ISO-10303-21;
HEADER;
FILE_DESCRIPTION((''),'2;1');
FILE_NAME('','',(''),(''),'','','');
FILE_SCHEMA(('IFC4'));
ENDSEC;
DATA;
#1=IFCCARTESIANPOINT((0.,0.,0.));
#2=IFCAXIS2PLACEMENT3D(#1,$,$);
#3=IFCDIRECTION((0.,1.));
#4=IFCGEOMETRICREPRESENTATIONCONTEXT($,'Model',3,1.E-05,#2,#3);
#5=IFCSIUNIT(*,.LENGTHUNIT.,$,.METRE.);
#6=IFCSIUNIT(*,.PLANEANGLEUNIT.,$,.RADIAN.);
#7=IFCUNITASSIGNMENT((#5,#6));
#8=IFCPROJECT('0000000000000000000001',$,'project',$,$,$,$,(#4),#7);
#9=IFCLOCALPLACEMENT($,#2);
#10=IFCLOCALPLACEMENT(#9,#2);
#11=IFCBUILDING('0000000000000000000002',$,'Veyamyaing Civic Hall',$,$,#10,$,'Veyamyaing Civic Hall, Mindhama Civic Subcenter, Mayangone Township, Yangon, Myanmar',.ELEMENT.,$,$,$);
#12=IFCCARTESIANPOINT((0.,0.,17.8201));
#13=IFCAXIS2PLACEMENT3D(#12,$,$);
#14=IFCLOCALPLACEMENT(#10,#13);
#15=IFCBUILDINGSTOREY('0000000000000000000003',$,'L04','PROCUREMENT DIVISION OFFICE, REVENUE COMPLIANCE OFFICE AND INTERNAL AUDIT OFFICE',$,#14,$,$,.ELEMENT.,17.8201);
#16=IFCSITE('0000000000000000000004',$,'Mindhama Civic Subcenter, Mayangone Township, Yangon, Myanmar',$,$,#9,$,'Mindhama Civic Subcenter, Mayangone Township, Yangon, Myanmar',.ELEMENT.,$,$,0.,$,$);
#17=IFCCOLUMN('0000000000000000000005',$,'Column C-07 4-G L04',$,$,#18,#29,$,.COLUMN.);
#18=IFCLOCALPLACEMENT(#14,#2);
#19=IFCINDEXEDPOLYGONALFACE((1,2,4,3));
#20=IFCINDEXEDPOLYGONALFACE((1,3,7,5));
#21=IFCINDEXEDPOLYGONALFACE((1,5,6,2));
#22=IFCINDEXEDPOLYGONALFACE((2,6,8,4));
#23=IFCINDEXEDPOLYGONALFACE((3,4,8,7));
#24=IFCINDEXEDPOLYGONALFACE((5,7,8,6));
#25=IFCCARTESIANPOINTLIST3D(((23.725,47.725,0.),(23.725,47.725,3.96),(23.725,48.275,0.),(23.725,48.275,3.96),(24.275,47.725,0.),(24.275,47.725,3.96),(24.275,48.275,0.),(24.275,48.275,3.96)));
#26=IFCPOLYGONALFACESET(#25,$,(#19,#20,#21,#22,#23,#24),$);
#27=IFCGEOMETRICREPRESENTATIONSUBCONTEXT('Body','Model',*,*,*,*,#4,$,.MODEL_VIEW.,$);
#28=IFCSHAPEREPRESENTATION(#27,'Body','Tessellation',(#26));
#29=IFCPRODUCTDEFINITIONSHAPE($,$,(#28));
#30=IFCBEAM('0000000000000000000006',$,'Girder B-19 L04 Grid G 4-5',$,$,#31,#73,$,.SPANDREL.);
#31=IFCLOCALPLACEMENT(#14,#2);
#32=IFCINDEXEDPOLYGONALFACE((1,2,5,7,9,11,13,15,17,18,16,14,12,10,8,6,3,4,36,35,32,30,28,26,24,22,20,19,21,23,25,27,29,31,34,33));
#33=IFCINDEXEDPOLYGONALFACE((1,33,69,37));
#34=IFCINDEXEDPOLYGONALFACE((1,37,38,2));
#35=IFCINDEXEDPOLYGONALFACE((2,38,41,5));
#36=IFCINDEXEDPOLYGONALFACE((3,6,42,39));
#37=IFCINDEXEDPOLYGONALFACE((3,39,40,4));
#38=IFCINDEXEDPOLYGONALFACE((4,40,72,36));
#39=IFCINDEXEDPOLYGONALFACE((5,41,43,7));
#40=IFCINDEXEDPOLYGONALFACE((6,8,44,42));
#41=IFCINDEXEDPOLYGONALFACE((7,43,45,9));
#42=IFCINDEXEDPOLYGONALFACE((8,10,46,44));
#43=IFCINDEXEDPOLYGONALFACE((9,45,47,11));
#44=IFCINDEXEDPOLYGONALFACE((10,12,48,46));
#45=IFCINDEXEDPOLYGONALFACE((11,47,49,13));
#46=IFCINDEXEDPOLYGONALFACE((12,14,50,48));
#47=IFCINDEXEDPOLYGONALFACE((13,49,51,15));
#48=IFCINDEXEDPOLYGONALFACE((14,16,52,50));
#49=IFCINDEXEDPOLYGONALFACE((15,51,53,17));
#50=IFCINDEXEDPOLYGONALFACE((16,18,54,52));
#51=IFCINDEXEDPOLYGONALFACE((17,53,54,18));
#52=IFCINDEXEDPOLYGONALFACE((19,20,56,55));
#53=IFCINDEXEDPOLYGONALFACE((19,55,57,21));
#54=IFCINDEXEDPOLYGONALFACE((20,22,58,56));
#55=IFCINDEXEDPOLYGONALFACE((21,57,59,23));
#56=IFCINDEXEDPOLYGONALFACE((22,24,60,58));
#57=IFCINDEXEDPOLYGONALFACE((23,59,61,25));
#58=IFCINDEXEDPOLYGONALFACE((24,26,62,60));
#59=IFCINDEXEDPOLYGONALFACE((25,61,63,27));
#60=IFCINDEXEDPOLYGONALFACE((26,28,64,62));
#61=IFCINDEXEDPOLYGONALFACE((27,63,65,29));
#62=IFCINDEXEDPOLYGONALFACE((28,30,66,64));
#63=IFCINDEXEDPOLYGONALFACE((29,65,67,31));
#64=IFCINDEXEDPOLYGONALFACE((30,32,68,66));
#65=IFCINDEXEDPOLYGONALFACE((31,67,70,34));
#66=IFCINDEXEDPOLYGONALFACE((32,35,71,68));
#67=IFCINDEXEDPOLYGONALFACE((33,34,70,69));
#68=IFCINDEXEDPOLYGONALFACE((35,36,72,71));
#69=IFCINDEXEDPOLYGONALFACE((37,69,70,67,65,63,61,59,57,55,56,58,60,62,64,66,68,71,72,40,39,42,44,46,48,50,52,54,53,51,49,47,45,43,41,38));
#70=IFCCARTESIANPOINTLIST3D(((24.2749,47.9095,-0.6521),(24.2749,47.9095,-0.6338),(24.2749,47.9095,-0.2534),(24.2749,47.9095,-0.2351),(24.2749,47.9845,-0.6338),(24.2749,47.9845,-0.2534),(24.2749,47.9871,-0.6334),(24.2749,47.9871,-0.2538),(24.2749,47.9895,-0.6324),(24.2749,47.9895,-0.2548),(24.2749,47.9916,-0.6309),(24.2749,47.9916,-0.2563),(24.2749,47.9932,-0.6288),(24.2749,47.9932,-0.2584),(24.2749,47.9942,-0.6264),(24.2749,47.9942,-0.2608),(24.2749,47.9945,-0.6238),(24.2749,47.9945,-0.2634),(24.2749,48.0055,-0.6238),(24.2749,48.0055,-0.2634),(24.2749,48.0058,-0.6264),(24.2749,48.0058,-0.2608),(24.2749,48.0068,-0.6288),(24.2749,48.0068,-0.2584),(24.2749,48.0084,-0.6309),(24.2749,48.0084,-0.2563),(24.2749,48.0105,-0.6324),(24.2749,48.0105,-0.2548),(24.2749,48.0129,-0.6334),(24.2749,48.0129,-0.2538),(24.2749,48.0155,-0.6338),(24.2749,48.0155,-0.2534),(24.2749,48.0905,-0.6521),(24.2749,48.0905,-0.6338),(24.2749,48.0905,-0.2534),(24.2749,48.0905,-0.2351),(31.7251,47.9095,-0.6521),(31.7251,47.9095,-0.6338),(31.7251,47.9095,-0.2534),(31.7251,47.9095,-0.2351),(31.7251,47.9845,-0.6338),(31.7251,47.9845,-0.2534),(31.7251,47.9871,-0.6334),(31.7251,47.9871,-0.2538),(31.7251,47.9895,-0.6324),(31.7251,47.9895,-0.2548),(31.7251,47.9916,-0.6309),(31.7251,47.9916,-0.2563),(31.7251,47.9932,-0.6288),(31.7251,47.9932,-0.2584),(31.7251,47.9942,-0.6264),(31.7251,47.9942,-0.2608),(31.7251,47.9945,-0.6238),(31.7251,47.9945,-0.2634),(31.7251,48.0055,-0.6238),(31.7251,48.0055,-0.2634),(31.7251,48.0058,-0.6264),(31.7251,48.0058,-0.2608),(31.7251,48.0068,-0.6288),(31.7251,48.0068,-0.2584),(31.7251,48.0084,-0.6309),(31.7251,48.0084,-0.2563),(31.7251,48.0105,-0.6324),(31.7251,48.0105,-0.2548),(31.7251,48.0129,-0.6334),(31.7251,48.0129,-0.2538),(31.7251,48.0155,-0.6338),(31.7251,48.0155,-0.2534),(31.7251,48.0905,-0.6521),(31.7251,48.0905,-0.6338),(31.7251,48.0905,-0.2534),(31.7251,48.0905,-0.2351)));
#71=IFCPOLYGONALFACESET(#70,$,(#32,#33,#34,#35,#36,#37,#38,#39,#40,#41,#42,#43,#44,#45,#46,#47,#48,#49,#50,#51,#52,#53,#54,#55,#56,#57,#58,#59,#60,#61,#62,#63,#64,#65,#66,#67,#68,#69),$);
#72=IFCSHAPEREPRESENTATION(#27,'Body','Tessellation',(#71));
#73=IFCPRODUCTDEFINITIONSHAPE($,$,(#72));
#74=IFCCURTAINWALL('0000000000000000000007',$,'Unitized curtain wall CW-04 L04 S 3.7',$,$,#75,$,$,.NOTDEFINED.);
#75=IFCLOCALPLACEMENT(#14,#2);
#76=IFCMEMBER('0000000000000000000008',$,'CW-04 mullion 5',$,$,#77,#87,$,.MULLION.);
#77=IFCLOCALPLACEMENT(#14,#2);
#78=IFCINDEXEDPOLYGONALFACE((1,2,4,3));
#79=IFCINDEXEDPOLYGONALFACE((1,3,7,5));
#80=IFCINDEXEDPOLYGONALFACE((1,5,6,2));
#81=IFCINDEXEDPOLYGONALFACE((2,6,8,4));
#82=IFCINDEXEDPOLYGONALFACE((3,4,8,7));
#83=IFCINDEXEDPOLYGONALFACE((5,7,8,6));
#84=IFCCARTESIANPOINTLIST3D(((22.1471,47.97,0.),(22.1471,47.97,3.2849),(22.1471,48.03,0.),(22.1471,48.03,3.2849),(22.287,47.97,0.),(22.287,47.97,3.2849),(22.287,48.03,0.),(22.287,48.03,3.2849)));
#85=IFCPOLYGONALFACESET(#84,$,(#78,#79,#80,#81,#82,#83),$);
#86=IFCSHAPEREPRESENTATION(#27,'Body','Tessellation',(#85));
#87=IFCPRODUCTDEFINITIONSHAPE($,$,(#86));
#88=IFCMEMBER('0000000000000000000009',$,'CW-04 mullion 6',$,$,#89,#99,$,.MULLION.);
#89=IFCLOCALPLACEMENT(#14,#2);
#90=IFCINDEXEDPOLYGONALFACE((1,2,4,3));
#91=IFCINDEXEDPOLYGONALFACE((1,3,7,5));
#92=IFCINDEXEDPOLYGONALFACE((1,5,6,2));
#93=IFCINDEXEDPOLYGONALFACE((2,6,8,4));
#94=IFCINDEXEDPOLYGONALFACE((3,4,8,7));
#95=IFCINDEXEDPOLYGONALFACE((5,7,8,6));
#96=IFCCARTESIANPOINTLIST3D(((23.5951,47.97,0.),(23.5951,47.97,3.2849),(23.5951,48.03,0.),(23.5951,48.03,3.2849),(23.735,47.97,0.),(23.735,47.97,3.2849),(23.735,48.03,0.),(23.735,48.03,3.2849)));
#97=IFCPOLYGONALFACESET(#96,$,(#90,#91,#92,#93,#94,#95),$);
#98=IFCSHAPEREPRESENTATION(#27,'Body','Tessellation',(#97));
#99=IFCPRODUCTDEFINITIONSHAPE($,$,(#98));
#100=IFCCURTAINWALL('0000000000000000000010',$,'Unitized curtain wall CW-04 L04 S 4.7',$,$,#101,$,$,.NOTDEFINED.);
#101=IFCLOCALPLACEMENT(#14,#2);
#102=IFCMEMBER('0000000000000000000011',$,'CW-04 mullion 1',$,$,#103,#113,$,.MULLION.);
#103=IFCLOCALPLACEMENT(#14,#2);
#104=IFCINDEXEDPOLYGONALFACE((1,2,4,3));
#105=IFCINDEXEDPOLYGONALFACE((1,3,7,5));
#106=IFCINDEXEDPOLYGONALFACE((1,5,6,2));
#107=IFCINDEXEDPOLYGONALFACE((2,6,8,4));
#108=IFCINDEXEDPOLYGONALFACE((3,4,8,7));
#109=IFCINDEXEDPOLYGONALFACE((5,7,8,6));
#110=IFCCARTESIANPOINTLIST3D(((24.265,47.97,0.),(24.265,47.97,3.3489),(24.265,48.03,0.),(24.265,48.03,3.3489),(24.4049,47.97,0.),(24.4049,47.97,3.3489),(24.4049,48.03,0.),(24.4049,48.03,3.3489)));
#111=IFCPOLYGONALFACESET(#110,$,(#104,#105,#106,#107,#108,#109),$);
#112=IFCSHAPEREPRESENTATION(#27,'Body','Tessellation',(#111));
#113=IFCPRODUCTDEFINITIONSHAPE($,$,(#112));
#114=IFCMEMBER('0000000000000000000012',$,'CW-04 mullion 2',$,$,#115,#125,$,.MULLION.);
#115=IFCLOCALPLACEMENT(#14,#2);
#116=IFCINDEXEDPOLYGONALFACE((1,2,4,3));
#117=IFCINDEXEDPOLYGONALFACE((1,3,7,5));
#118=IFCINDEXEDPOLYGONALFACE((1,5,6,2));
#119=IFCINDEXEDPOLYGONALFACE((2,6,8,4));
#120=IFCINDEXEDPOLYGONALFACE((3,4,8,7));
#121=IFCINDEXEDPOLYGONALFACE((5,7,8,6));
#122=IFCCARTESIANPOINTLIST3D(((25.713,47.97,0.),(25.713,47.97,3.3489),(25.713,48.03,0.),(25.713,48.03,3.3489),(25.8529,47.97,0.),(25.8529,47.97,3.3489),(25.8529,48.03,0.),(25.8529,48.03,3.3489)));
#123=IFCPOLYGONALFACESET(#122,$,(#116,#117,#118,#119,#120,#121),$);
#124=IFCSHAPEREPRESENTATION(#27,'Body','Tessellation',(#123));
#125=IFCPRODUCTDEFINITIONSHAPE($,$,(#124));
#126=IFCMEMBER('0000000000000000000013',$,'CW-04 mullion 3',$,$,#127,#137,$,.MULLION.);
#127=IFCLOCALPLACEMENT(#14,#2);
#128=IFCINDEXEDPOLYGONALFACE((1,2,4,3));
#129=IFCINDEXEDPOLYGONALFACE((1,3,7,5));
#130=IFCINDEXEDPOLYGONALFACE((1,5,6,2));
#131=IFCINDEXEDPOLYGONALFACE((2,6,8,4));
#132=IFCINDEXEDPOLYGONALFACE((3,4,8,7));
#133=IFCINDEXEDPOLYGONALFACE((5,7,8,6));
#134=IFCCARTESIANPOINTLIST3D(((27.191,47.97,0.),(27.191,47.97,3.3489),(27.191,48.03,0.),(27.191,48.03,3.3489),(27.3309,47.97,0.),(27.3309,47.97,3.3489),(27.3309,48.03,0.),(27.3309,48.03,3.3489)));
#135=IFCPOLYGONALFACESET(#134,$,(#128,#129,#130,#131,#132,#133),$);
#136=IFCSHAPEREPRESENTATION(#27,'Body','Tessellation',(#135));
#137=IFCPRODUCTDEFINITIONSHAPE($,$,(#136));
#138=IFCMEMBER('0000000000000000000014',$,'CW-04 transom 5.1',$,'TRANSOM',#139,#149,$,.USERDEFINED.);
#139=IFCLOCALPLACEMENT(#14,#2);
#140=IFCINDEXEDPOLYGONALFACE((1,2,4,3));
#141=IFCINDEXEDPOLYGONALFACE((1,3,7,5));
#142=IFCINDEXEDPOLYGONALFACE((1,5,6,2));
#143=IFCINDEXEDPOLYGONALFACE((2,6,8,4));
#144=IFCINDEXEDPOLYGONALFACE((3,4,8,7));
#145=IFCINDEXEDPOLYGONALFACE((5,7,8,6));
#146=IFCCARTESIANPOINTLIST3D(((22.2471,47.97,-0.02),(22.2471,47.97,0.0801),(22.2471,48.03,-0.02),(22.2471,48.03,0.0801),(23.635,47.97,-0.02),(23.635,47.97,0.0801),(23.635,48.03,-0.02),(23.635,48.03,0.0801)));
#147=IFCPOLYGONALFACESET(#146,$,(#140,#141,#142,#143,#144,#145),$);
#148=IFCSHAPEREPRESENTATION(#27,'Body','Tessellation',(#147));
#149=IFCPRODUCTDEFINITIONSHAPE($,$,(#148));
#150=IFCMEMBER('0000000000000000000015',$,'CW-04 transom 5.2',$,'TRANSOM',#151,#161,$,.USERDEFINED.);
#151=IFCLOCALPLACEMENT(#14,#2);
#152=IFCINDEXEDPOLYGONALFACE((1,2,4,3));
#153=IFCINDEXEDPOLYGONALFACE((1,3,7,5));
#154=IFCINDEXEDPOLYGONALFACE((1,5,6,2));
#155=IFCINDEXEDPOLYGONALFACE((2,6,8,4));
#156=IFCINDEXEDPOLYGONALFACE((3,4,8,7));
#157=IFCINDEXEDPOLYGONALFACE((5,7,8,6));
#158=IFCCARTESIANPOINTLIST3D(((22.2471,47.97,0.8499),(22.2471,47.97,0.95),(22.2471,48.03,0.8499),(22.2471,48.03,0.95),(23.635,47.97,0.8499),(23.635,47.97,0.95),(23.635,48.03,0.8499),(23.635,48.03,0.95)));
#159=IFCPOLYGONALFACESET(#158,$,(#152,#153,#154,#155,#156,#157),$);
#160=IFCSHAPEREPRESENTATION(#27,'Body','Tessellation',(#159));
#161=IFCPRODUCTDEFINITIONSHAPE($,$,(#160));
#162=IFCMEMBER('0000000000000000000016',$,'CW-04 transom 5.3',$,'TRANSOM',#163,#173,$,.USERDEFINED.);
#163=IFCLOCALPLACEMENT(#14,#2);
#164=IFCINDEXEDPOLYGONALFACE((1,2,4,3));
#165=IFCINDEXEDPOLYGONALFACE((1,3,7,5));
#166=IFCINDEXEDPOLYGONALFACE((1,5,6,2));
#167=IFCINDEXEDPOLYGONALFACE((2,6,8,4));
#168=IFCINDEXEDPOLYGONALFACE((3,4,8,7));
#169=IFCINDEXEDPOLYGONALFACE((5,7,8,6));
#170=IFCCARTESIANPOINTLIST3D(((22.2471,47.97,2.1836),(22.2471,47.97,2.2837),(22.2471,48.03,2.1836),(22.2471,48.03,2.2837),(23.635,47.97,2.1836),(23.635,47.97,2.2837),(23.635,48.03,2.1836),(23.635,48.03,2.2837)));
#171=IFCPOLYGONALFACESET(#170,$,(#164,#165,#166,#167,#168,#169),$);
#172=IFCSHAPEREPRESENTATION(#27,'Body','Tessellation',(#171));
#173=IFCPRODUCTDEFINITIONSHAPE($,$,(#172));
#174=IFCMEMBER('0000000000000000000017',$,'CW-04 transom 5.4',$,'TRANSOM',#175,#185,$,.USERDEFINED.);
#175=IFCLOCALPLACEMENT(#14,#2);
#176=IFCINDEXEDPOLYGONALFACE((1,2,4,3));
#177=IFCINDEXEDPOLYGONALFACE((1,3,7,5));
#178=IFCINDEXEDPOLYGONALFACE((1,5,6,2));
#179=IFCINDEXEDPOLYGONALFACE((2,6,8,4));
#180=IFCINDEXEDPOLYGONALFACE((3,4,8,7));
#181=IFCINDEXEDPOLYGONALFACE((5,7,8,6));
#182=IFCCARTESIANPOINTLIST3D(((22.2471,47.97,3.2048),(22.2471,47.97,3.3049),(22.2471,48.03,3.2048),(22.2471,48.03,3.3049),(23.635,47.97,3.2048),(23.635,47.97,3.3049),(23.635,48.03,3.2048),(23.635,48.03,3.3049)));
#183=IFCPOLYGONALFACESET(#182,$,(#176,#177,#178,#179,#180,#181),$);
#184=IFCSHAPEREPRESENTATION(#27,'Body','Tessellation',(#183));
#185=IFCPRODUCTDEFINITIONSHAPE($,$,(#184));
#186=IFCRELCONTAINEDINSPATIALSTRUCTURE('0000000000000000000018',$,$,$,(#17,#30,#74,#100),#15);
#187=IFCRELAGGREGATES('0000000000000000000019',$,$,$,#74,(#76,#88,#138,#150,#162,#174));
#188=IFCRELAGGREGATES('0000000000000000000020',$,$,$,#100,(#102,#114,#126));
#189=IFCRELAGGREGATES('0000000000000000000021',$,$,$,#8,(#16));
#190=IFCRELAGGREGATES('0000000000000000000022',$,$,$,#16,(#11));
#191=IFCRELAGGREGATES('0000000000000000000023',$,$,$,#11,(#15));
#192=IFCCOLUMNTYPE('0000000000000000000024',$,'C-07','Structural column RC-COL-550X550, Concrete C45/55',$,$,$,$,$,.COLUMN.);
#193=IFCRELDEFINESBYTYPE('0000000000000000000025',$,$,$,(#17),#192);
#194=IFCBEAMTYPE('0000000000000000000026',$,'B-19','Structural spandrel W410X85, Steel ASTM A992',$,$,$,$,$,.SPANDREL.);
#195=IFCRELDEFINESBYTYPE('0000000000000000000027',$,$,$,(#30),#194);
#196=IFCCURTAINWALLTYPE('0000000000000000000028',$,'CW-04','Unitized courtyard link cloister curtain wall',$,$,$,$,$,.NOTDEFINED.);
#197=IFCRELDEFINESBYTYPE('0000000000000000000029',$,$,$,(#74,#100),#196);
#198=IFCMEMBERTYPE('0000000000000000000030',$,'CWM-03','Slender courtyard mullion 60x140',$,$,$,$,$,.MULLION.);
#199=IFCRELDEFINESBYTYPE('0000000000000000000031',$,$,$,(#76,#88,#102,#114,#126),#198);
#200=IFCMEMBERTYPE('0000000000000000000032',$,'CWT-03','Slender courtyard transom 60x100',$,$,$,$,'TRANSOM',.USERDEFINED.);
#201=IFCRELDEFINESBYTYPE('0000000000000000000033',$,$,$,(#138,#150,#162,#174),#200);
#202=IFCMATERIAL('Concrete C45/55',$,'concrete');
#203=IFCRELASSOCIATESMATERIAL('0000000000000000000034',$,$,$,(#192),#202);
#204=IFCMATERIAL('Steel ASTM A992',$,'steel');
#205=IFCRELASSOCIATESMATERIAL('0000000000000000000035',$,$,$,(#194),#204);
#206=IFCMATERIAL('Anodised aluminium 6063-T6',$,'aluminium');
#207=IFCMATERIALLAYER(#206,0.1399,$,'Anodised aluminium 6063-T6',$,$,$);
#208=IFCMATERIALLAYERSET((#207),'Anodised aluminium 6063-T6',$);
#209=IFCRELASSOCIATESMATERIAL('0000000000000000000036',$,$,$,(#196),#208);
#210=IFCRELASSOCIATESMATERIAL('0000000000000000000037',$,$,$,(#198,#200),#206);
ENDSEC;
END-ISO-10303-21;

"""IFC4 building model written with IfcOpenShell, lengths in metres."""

from ifc_helpers import new_model, si_unit, direction, frame, origin, origin_2d, place, context, subcontext, project, spatial, rectangle, i_section, extrude, material, layer, layer_set, material_profile, profile_set, type_object, element, aggregate, save


model = new_model("IFC4")

# Units and contexts
model_context = context("Model", 3, precision=1e-05, world=origin(), true_north=direction((0.0, 1.0)))
body_context = subcontext(model_context, "Body", "Model", "MODEL_VIEW")
ifc_project = project(units=[si_unit("LENGTHUNIT", "METRE"), si_unit("PLANEANGLEUNIT", "RADIAN")], contexts=[model_context])

# Site, building, storey
site_placement = place(None, origin())
site = spatial("IfcSite", under=ifc_project, at=site_placement, Name="Mindhama Civic Subcenter, Mayangone Township, Yangon, Myanmar", LongName="Mindhama Civic Subcenter, Mayangone Township, Yangon, Myanmar", CompositionType="ELEMENT", RefElevation=0.0)
building_placement = place(site_placement, origin())
building = spatial("IfcBuilding", under=site, at=building_placement, Name="Veyamyaing Civic Hall", LongName="Veyamyaing Civic Hall, Mindhama Civic Subcenter, Mayangone Township, Yangon, Myanmar", CompositionType="ELEMENT")
storey_placement = place(building_placement, frame((0.0, 0.0, 17.8201)))
storey = spatial("IfcBuildingStorey", under=building, at=storey_placement, Name="L04", Description="PROCUREMENT DIVISION OFFICE, REVENUE COMPLIANCE OFFICE AND INTERNAL AUDIT OFFICE", CompositionType="ELEMENT", Elevation=17.8201)

# Column
ifc_material_1 = material(Name="Concrete C45/55", Category="concrete")
ifc_material_profile_1 = material_profile(ifc_material_1, rectangle(XDim=0.55, YDim=0.55, at=origin_2d()), Name="RC-COL-550X550")
ifc_profile_set_1 = profile_set([ifc_material_profile_1], Name="Concrete C45/55")
column_type = type_object("IfcColumnType", Name="C-07", Description="Structural column RC-COL-550X550, Concrete C45/55", PredefinedType="COLUMN", material=ifc_profile_set_1)
column_placement = place(storey_placement, frame((24.0, 48.0, 0.0), z_axis=(0.0, 0.0, 1.0), x_axis=(1.0, 0.0, 0.0)))
element("IfcColumn", 1, at=column_placement, inside=storey, type_object=column_type, Name="Column C-07 4-G L04", PredefinedType="COLUMN", context=body_context, shape_type="SweptSolid", body=[
    extrude(rectangle(XDim=0.55, YDim=0.55, at=origin_2d()), origin(), (0.0, 0.0, 1.0), 3.96),
])

# Beam
ifc_material_2 = material(Name="Steel ASTM A992", Category="steel")
ifc_material_profile_2 = material_profile(ifc_material_2, i_section(OverallWidth=0.1809, OverallDepth=0.417, WebThickness=0.011, FlangeThickness=0.0183, FilletRadius=0.01, at=origin_2d()), Name="W410X85")
ifc_profile_set_2 = profile_set([ifc_material_profile_2], Name="Steel ASTM A992")
beam_type = type_object("IfcBeamType", Name="B-19", Description="Structural spandrel W410X85, Steel ASTM A992", PredefinedType="SPANDREL", material=ifc_profile_set_2)
beam_placement = place(storey_placement, frame((24.2749, 48.0, -0.4436), z_axis=(1.0, 0.0, 0.0), x_axis=(0.0, 1.0, 0.0)))
element("IfcBeam", 2, at=beam_placement, inside=storey, type_object=beam_type, Name="Girder B-19 L04 Grid G 4-5", PredefinedType="SPANDREL", context=body_context, shape_type="SweptSolid", body=[
    extrude(i_section(OverallWidth=0.1809, OverallDepth=0.417, WebThickness=0.011, FlangeThickness=0.0183, FilletRadius=0.01, at=origin_2d()), origin(), (0.0, 0.0, 1.0), 7.4502),
])

# Curtain walls, members
ifc_material_3 = material(Name="Anodised aluminium 6063-T6", Category="aluminium")
ifc_layer_1 = layer(ifc_material_3, 0.1399, Name="Anodised aluminium 6063-T6")
ifc_layer_set_1 = layer_set([ifc_layer_1], Name="Anodised aluminium 6063-T6")
curtain_wall_type = type_object("IfcCurtainWallType", Name="CW-04", Description="Unitized courtyard link cloister curtain wall", PredefinedType="NOTDEFINED", material=ifc_layer_set_1)
curtain_wall_1_placement = place(storey_placement, origin())
curtain_wall_1 = element("IfcCurtainWall", 3, at=curtain_wall_1_placement, inside=storey, type_object=curtain_wall_type, Name="Unitized curtain wall CW-04 L04 S 3.7", PredefinedType="NOTDEFINED")
ifc_material_profile_3 = material_profile(ifc_material_3, rectangle(XDim=0.0601, YDim=0.1399, at=origin_2d()), Name="ALU-MUL-60X140")
ifc_profile_set_3 = profile_set([ifc_material_profile_3], Name="Anodised aluminium 6063-T6")
member_type_1 = type_object("IfcMemberType", Name="CWM-03", Description="Slender courtyard mullion 60x140", PredefinedType="MULLION", material=ifc_profile_set_3)
member_1_placement = place(storey_placement, frame((22.217, 48.0, 0.0), z_axis=(0.0, 0.0, 1.0), x_axis=(0.0, 1.0, 0.0)))
member_1 = element("IfcMember", 4, at=member_1_placement, type_object=member_type_1, Name="CW-04 mullion 5", PredefinedType="MULLION", context=body_context, shape_type="SweptSolid", body=[
    extrude(rectangle(XDim=0.0601, YDim=0.1399, at=origin_2d()), origin(), (0.0, 0.0, 1.0), 3.2849),
])
member_2_placement = place(storey_placement, frame((23.665, 48.0, 0.0), z_axis=(0.0, 0.0, 1.0), x_axis=(0.0, 1.0, 0.0)))
member_2 = element("IfcMember", 5, at=member_2_placement, type_object=member_type_1, Name="CW-04 mullion 6", PredefinedType="MULLION", context=body_context, shape_type="SweptSolid", body=[
    extrude(rectangle(XDim=0.0601, YDim=0.1399, at=origin_2d()), origin(), (0.0, 0.0, 1.0), 3.2849),
])
curtain_wall_2_placement = place(storey_placement, origin())
curtain_wall_2 = element("IfcCurtainWall", 6, at=curtain_wall_2_placement, inside=storey, type_object=curtain_wall_type, Name="Unitized curtain wall CW-04 L04 S 4.7", PredefinedType="NOTDEFINED")
member_3_placement = place(storey_placement, frame((24.335, 48.0, 0.0), z_axis=(0.0, 0.0, 1.0), x_axis=(0.0, 1.0, 0.0)))
member_3 = element("IfcMember", 7, at=member_3_placement, type_object=member_type_1, Name="CW-04 mullion 1", PredefinedType="MULLION", context=body_context, shape_type="SweptSolid", body=[
    extrude(rectangle(XDim=0.0601, YDim=0.1399, at=origin_2d()), origin(), (0.0, 0.0, 1.0), 3.3489),
])
member_4_placement = place(storey_placement, frame((25.783, 48.0, 0.0), z_axis=(0.0, 0.0, 1.0), x_axis=(0.0, 1.0, 0.0)))
member_4 = element("IfcMember", 8, at=member_4_placement, type_object=member_type_1, Name="CW-04 mullion 2", PredefinedType="MULLION", context=body_context, shape_type="SweptSolid", body=[
    extrude(rectangle(XDim=0.0601, YDim=0.1399, at=origin_2d()), origin(), (0.0, 0.0, 1.0), 3.3489),
])
member_5_placement = place(storey_placement, frame((27.261, 48.0, 0.0), z_axis=(0.0, 0.0, 1.0), x_axis=(0.0, 1.0, 0.0)))
member_5 = element("IfcMember", 9, at=member_5_placement, type_object=member_type_1, Name="CW-04 mullion 3", PredefinedType="MULLION", context=body_context, shape_type="SweptSolid", body=[
    extrude(rectangle(XDim=0.0601, YDim=0.1399, at=origin_2d()), origin(), (0.0, 0.0, 1.0), 3.3489),
])

# Members
ifc_material_profile_4 = material_profile(ifc_material_3, rectangle(XDim=0.0601, YDim=0.1001, at=origin_2d()), Name="ALU-TRN-60X100")
ifc_profile_set_4 = profile_set([ifc_material_profile_4], Name="Anodised aluminium 6063-T6")
member_type_2 = type_object("IfcMemberType", Name="CWT-03", Description="Slender courtyard transom 60x100", ElementType="TRANSOM", PredefinedType="USERDEFINED", material=ifc_profile_set_4)
member_6_placement = place(storey_placement, frame((22.2471, 48.0, 0.03), z_axis=(1.0, 0.0, 0.0), x_axis=(0.0, 1.0, 0.0)))
member_6 = element("IfcMember", 10, at=member_6_placement, type_object=member_type_2, Name="CW-04 transom 5.1", ObjectType="TRANSOM", PredefinedType="USERDEFINED", context=body_context, shape_type="SweptSolid", body=[
    extrude(rectangle(XDim=0.0601, YDim=0.1001, at=origin_2d()), origin(), (0.0, 0.0, 1.0), 1.3879),
])
member_7_placement = place(storey_placement, frame((22.2471, 48.0, 0.8999), z_axis=(1.0, 0.0, 0.0), x_axis=(0.0, 1.0, 0.0)))
member_7 = element("IfcMember", 11, at=member_7_placement, type_object=member_type_2, Name="CW-04 transom 5.2", ObjectType="TRANSOM", PredefinedType="USERDEFINED", context=body_context, shape_type="SweptSolid", body=[
    extrude(rectangle(XDim=0.0601, YDim=0.1001, at=origin_2d()), origin(), (0.0, 0.0, 1.0), 1.3879),
])
member_8_placement = place(storey_placement, frame((22.2471, 48.0, 2.2336), z_axis=(1.0, 0.0, 0.0), x_axis=(0.0, 1.0, 0.0)))
member_8 = element("IfcMember", 12, at=member_8_placement, type_object=member_type_2, Name="CW-04 transom 5.3", ObjectType="TRANSOM", PredefinedType="USERDEFINED", context=body_context, shape_type="SweptSolid", body=[
    extrude(rectangle(XDim=0.0601, YDim=0.1001, at=origin_2d()), origin(), (0.0, 0.0, 1.0), 1.3879),
])
member_9_placement = place(storey_placement, frame((22.2471, 48.0, 3.2549), z_axis=(1.0, 0.0, 0.0), x_axis=(0.0, 1.0, 0.0)))
member_9 = element("IfcMember", 13, at=member_9_placement, type_object=member_type_2, Name="CW-04 transom 5.4", ObjectType="TRANSOM", PredefinedType="USERDEFINED", context=body_context, shape_type="SweptSolid", body=[
    extrude(rectangle(XDim=0.0601, YDim=0.1001, at=origin_2d()), origin(), (0.0, 0.0, 1.0), 1.3879),
])

aggregate(curtain_wall_1, [member_1, member_2, member_6, member_7, member_8, member_9])
aggregate(curtain_wall_2, [member_3, member_4, member_5])

save(model, "model.ifc")
